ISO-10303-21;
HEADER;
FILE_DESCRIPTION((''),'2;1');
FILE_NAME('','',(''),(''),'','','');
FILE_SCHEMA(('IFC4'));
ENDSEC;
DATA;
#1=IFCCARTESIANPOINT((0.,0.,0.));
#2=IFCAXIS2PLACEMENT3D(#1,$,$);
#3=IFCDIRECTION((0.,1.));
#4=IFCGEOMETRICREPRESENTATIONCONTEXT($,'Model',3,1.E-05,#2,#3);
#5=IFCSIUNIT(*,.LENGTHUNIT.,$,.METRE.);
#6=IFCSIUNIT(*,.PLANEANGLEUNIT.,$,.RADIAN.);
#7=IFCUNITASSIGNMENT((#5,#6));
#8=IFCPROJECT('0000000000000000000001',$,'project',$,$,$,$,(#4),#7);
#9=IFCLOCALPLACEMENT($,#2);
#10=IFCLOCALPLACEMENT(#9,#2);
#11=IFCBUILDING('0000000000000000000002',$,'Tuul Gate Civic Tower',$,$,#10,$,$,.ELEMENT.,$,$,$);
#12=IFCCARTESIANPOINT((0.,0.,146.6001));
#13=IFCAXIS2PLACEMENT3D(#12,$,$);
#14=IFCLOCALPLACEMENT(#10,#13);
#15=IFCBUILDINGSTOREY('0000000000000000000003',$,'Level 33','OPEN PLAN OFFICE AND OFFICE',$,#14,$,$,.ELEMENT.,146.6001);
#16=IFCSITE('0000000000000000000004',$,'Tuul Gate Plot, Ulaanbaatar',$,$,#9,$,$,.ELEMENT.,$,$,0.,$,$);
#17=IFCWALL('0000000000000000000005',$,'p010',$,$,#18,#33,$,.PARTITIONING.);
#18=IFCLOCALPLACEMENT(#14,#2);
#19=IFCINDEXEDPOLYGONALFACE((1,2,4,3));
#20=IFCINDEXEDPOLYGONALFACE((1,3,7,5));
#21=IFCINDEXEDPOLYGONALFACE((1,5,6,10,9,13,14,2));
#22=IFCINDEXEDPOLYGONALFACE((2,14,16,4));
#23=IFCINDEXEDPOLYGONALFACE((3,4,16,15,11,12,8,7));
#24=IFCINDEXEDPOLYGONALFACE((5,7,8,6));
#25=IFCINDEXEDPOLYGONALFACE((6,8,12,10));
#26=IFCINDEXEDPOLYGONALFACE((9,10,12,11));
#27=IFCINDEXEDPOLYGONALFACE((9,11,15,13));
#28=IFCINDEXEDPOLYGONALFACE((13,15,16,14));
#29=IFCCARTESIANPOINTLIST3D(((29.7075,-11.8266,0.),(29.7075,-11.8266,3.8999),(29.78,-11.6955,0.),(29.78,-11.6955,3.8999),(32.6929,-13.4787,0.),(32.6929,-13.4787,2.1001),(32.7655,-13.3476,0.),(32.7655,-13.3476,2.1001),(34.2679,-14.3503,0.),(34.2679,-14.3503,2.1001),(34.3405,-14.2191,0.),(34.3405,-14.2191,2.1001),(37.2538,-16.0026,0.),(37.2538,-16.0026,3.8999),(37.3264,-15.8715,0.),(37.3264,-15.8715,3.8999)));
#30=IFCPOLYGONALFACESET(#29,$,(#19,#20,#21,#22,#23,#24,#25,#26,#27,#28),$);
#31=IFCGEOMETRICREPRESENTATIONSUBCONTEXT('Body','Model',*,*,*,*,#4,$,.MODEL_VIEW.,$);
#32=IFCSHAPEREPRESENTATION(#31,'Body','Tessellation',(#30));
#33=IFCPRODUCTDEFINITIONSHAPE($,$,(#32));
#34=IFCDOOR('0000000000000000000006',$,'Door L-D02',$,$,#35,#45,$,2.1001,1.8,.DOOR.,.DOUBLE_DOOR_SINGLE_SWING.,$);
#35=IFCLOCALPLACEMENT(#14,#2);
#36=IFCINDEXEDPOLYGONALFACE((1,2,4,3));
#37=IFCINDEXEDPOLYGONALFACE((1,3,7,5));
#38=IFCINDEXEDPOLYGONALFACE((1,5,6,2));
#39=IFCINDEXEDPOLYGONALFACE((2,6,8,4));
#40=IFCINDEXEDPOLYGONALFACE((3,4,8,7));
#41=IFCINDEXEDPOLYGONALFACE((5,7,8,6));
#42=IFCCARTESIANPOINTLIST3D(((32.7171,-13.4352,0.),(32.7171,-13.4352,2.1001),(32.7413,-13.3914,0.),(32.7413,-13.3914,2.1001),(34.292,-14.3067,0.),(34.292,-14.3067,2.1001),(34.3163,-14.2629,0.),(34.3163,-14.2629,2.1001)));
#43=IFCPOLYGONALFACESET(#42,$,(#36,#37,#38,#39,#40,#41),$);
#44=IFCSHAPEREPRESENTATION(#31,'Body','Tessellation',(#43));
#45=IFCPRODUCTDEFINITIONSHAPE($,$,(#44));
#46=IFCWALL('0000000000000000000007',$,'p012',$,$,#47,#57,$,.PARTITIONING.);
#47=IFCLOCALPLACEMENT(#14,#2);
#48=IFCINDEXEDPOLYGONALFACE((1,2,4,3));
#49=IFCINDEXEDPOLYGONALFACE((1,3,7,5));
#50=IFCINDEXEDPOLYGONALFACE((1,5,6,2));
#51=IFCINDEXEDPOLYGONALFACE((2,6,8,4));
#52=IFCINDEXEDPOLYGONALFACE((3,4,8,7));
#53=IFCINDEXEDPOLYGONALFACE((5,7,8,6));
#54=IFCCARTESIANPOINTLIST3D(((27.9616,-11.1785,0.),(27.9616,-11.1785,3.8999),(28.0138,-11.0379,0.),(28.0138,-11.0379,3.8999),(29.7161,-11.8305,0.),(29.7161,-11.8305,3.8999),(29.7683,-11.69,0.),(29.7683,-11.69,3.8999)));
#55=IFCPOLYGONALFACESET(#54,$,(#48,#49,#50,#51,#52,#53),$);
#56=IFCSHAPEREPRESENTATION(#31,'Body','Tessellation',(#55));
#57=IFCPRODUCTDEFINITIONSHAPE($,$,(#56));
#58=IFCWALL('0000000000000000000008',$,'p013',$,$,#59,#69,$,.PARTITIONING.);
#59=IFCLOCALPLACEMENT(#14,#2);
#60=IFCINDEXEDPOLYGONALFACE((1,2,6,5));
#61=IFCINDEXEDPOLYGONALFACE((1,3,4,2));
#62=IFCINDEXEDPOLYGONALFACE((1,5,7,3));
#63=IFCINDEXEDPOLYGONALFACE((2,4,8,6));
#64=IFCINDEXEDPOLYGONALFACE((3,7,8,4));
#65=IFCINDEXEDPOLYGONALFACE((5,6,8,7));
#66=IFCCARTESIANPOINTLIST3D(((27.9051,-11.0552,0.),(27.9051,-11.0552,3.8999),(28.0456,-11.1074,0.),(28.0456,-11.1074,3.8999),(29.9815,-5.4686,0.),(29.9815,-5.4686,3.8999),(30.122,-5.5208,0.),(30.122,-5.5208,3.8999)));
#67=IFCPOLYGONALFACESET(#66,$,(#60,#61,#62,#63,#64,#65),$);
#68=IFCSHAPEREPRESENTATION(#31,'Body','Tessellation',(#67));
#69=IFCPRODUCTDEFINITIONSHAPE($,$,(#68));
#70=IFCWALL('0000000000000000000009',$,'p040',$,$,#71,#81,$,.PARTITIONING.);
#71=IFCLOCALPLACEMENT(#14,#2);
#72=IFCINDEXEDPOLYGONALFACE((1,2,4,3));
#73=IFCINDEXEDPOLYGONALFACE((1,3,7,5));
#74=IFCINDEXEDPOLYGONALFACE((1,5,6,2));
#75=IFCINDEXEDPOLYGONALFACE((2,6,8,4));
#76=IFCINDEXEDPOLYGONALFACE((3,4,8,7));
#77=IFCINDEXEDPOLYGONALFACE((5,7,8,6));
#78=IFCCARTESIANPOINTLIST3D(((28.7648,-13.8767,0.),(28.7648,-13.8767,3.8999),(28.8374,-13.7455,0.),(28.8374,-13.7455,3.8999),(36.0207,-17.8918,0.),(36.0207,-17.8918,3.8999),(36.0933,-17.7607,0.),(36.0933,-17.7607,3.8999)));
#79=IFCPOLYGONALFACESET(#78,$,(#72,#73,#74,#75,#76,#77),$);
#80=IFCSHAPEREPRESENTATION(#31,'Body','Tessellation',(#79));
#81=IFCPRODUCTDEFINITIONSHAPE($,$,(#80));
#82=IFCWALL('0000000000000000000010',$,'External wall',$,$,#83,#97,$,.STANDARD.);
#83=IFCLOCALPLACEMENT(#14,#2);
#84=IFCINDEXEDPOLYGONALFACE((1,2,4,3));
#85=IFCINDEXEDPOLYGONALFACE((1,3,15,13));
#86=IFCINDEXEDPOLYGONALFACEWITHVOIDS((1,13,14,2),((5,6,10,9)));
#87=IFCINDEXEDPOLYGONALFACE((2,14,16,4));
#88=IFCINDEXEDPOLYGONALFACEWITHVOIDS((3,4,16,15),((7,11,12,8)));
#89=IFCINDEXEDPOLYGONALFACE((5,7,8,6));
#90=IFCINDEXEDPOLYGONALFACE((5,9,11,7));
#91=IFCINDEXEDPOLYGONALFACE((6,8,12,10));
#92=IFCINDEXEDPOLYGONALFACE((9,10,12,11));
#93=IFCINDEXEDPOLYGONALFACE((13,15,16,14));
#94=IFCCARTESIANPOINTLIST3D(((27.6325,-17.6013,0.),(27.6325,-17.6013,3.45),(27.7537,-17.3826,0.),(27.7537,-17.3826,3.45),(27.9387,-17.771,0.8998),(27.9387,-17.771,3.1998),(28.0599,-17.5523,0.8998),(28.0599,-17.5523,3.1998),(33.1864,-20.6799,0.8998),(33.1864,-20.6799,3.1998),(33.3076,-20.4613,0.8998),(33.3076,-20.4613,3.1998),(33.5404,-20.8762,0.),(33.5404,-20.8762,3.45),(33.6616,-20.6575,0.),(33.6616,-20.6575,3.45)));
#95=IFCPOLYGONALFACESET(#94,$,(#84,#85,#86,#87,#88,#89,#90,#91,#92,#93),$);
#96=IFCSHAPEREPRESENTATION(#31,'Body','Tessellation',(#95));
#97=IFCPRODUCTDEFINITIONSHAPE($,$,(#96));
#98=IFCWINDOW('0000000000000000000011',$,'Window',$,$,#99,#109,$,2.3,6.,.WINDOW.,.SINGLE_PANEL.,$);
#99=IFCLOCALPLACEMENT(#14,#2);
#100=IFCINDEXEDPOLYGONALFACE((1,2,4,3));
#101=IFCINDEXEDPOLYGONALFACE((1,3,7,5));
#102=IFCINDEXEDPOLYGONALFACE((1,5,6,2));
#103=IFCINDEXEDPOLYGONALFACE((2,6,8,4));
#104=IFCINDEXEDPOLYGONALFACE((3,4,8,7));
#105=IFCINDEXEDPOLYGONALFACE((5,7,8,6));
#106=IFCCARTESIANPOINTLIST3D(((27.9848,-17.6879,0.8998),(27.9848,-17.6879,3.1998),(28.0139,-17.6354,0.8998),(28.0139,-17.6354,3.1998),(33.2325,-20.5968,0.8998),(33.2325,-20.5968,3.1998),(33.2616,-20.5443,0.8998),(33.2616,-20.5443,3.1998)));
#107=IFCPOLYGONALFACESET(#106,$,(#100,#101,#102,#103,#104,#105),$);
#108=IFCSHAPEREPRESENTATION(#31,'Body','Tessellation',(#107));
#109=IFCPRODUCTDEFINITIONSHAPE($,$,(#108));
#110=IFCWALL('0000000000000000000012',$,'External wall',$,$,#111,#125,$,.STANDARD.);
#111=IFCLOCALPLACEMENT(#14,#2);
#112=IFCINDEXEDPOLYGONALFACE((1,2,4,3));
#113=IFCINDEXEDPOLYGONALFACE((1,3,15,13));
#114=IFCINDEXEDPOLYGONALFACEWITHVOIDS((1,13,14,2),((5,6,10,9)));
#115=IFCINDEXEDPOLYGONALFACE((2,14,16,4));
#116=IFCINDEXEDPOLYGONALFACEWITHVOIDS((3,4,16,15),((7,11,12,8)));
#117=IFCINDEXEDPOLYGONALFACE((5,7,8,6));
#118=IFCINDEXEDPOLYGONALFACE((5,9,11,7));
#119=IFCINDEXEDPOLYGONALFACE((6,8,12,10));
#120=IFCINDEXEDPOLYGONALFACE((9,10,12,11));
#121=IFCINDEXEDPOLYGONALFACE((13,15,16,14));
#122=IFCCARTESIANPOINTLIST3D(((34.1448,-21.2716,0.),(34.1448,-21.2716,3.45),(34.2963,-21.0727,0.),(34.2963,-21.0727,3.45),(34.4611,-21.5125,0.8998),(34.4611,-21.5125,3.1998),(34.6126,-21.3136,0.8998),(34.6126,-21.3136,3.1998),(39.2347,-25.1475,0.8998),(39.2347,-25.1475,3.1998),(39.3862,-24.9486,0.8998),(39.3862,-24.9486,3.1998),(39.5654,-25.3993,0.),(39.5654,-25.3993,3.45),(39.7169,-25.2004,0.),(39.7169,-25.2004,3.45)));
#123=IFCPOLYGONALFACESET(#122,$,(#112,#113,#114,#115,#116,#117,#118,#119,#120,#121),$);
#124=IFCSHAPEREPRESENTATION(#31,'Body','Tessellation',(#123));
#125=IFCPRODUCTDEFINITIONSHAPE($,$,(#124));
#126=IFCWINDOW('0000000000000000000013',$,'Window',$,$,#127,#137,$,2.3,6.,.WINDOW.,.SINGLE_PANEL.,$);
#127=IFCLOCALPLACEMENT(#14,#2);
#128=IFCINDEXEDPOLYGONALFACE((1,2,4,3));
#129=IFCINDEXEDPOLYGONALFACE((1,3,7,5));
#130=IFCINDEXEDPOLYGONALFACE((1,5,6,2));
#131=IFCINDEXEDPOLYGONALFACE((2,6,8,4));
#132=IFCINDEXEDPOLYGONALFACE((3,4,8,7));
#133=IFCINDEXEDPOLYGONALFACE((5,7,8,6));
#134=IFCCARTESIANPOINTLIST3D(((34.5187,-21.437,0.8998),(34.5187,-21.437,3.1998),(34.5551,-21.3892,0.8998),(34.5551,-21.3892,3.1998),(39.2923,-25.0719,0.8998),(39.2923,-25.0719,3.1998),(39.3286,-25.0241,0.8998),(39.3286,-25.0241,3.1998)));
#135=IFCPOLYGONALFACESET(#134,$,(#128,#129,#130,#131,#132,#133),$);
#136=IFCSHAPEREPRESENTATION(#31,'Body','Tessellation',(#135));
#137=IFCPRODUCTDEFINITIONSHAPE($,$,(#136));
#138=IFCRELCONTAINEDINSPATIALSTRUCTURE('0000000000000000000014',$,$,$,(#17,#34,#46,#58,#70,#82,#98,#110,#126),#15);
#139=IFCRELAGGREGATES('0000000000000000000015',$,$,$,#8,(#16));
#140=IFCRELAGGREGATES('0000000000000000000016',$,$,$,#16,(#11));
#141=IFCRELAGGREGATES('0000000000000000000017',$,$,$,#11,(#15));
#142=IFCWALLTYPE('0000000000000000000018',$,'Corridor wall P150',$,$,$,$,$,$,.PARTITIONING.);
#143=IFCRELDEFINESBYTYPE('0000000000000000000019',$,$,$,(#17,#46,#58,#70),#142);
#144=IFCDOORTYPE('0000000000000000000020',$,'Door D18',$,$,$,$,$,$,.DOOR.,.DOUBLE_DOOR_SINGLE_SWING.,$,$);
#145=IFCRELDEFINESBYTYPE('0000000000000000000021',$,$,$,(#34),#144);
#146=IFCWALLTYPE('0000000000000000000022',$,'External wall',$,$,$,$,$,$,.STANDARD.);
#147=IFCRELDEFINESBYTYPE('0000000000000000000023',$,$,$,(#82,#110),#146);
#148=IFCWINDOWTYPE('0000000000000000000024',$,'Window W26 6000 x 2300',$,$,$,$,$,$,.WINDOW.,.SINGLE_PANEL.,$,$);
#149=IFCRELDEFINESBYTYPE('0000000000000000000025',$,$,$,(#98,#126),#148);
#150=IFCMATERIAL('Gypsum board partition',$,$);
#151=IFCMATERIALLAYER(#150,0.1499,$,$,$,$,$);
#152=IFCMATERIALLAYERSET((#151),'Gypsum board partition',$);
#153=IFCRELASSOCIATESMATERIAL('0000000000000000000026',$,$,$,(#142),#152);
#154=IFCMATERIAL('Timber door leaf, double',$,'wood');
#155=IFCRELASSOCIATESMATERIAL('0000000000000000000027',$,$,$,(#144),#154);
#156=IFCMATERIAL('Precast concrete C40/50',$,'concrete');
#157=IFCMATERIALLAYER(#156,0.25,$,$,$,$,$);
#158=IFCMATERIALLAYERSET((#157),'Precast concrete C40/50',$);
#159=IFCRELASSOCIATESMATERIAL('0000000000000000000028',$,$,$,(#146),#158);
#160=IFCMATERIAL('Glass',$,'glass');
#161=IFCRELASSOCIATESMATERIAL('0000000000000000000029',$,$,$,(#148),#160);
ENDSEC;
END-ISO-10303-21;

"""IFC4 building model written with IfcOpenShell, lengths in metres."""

from ifc_helpers import new_model, si_unit, direction, frame, frame_2d, origin, place, context, subcontext, project, spatial, rectangle, extrude, material, layer, layer_set, type_object, element, fill, save


model = new_model("IFC4")

# Units and contexts
model_context = context("Model", 3, precision=1e-05, world=origin(), true_north=direction((0.0, 1.0)))
body_context = subcontext(model_context, "Body", "Model", "MODEL_VIEW")
ifc_project = project(units=[si_unit("LENGTHUNIT", "METRE"), si_unit("PLANEANGLEUNIT", "RADIAN")], contexts=[model_context])

# Site, building, storey
site_placement = place(None, origin())
site = spatial("IfcSite", under=ifc_project, at=site_placement, Name="Tuul Gate Plot, Ulaanbaatar", CompositionType="ELEMENT", RefElevation=0.0)
building_placement = place(site_placement, origin())
building = spatial("IfcBuilding", under=site, at=building_placement, Name="Tuul Gate Civic Tower", CompositionType="ELEMENT")
storey_placement = place(building_placement, frame((0.0, 0.0, 146.6001)))
storey = spatial("IfcBuildingStorey", under=building, at=storey_placement, Name="Level 33", Description="OPEN PLAN OFFICE AND OFFICE", CompositionType="ELEMENT", Elevation=146.6001)

# Wall, opening, door
ifc_material_1 = material(Name="Gypsum board partition")
ifc_layer_1 = layer(ifc_material_1, 0.1499)
ifc_layer_set_1 = layer_set([ifc_layer_1], Name="Gypsum board partition")
wall_type_1 = type_object("IfcWallType", Name="Corridor wall P150", PredefinedType="PARTITIONING", material=ifc_layer_set_1)
wall_1_placement = place(storey_placement, frame((29.7437, -11.761, 0.0), z_axis=(0.0, 0.0, 1.0), x_axis=(0.874964, -0.484188, 0.0)))
wall_1 = element("IfcWall", 1, at=wall_1_placement, inside=storey, type_object=wall_type_1, Name="p010", PredefinedType="PARTITIONING", context=body_context, shape_type="SweptSolid", body=[
    extrude(rectangle(XDim=8.6248, YDim=0.1499, at=frame_2d((4.3125, 0.0))), origin(), (0.0, 0.0, 1.0), 3.8999),
])
opening_1_placement = place(wall_1_placement, frame((3.4124, 0.0, 0.0)))
opening_1 = element("IfcOpeningElement", 2, at=opening_1_placement, cuts=wall_1, PredefinedType="OPENING", context=body_context, shape_type="SweptSolid", body=[
    extrude(rectangle(XDim=1.8, YDim=2.1001, at=frame_2d((0.8999, 1.05))), frame((0.0, 0.085, 0.0), z_axis=(0.0, -1.0, 0.0), x_axis=(1.0, 0.0, 0.0)), (0.0, 0.0, 1.0), 0.1699),
])
ifc_material_2 = material(Name="Timber door leaf, double", Category="wood")
door_type_1 = type_object("IfcDoorType", Name="Door D18", OperationType="DOUBLE_DOOR_SINGLE_SWING", PredefinedType="DOOR", material=ifc_material_2)
door_1_placement = place(opening_1_placement, origin())
door_1 = element("IfcDoor", 3, at=door_1_placement, inside=storey, type_object=door_type_1, Name="Door L-D02", OperationType="DOUBLE_DOOR_SINGLE_SWING", OverallHeight=2.1001, OverallWidth=1.8, PredefinedType="DOOR", context=body_context, shape_type="SweptSolid", body=[
    extrude(rectangle(XDim=1.8, YDim=2.1001, at=frame_2d((0.8999, 1.05))), frame((0.0, 0.0249, 0.0), z_axis=(0.0, -1.0, 0.0), x_axis=(1.0, 0.0, 0.0)), (0.0, 0.0, 1.0), 0.05),
])
fill(opening_1, door_1)

# Walls
wall_2_placement = place(storey_placement, frame((27.9875, -11.1082, 0.0), z_axis=(0.0, 0.0, 1.0), x_axis=(0.93736, -0.348363, 0.0)))
element("IfcWall", 4, at=wall_2_placement, inside=storey, type_object=wall_type_1, Name="p012", PredefinedType="PARTITIONING", context=body_context, shape_type="SweptSolid", body=[
    extrude(rectangle(XDim=1.8718, YDim=0.1499, at=frame_2d((0.936, 0.0))), origin(), (0.0, 0.0, 1.0), 3.8999),
])
wall_3_placement = place(storey_placement, frame((27.9753, -11.0813, 0.0), z_axis=(0.0, 0.0, 1.0), x_axis=(0.348388, 0.93735, 0.0)))
element("IfcWall", 5, at=wall_3_placement, inside=storey, type_object=wall_type_1, Name="p013", PredefinedType="PARTITIONING", context=body_context, shape_type="SweptSolid", body=[
    extrude(rectangle(XDim=5.96, YDim=0.1499, at=frame_2d((2.98, 0.0))), origin(), (0.0, 0.0, 1.0), 3.8999),
])
wall_4_placement = place(storey_placement, frame((28.801, -13.811, 0.0), z_axis=(0.0, 0.0, 1.0), x_axis=(0.87497, -0.484177, 0.0)))
element("IfcWall", 6, at=wall_4_placement, inside=storey, type_object=wall_type_1, Name="p040", PredefinedType="PARTITIONING", context=body_context, shape_type="SweptSolid", body=[
    extrude(rectangle(XDim=8.2927, YDim=0.1499, at=frame_2d((4.1465, 0.0))), origin(), (0.0, 0.0, 1.0), 3.8999),
])

# Walls, openings, windows
ifc_material_3 = material(Name="Precast concrete C40/50", Category="concrete")
ifc_layer_2 = layer(ifc_material_3, 0.25)
ifc_layer_set_2 = layer_set([ifc_layer_2], Name="Precast concrete C40/50")
wall_type_2 = type_object("IfcWallType", Name="External wall", PredefinedType="STANDARD", material=ifc_layer_set_2)
wall_5_placement = place(storey_placement, frame((27.6931, -17.4919, 0.0), z_axis=(0.0, 0.0, 1.0), x_axis=(0.874615, -0.484817, 0.0)))
wall_5 = element("IfcWall", 7, at=wall_5_placement, inside=storey, type_object=wall_type_2, Name="External wall", PredefinedType="STANDARD", context=body_context, shape_type="SweptSolid", body=[
    extrude(rectangle(XDim=6.7549, YDim=0.25, at=frame_2d((3.3774, 0.0))), origin(), (0.0, 0.0, 1.0), 3.45),
])
opening_2_placement = place(wall_5_placement, frame((0.3501, 0.0, 0.8999)))
opening_2 = element("IfcOpeningElement", 8, at=opening_2_placement, cuts=wall_5, PredefinedType="OPENING", context=body_context, shape_type="SweptSolid", body=[
    extrude(rectangle(XDim=6.0, YDim=2.3, at=frame_2d((3.0, 1.1499))), frame((0.0, 0.135, 0.0), z_axis=(0.0, -1.0, 0.0), x_axis=(1.0, 0.0, 0.0)), (0.0, 0.0, 1.0), 0.27),
])
ifc_material_4 = material(Name="Glass", Category="glass")
window_type = type_object("IfcWindowType", Name="Window W26 6000 x 2300", PartitioningType="SINGLE_PANEL", PredefinedType="WINDOW", material=ifc_material_4)
window_1_placement = place(opening_2_placement, origin())
window_1 = element("IfcWindow", 9, at=window_1_placement, inside=storey, type_object=window_type, Name="Window", OverallHeight=2.3, OverallWidth=6.0, PartitioningType="SINGLE_PANEL", PredefinedType="WINDOW", context=body_context, shape_type="SweptSolid", body=[
    extrude(rectangle(XDim=6.0, YDim=2.3, at=frame_2d((3.0, 1.1499))), frame((0.0, 0.03, 0.0), z_axis=(0.0, -1.0, 0.0), x_axis=(1.0, 0.0, 0.0)), (0.0, 0.0, 1.0), 0.0601),
])
fill(opening_2, window_1)
wall_6_placement = place(storey_placement, frame((34.2205, -21.1721, 0.0), z_axis=(0.0, 0.0, 1.0), x_axis=(0.795597, -0.605826, 0.0)))
wall_6 = element("IfcWall", 10, at=wall_6_placement, inside=storey, type_object=wall_type_2, Name="External wall", PredefinedType="STANDARD", context=body_context, shape_type="SweptSolid", body=[
    extrude(rectangle(XDim=6.8132, YDim=0.25, at=frame_2d((3.4067, 0.0))), origin(), (0.0, 0.0, 1.0), 3.45),
])
opening_3_placement = place(wall_6_placement, frame((0.3977, 0.0, 0.8999)))
opening_3 = element("IfcOpeningElement", 11, at=opening_3_placement, cuts=wall_6, PredefinedType="OPENING", context=body_context, shape_type="SweptSolid", body=[
    extrude(rectangle(XDim=6.0, YDim=2.3, at=frame_2d((3.0, 1.1499))), frame((0.0, 0.135, 0.0), z_axis=(0.0, -1.0, 0.0), x_axis=(1.0, 0.0, 0.0)), (0.0, 0.0, 1.0), 0.27),
])
window_2_placement = place(opening_3_placement, origin())
window_2 = element("IfcWindow", 12, at=window_2_placement, inside=storey, type_object=window_type, Name="Window", OverallHeight=2.3, OverallWidth=6.0, PartitioningType="SINGLE_PANEL", PredefinedType="WINDOW", context=body_context, shape_type="SweptSolid", body=[
    extrude(rectangle(XDim=6.0, YDim=2.3, at=frame_2d((3.0, 1.1499))), frame((0.0, 0.03, 0.0), z_axis=(0.0, -1.0, 0.0), x_axis=(1.0, 0.0, 0.0)), (0.0, 0.0, 1.0), 0.0601),
])
fill(opening_3, window_2)

save(model, "model.ifc")
